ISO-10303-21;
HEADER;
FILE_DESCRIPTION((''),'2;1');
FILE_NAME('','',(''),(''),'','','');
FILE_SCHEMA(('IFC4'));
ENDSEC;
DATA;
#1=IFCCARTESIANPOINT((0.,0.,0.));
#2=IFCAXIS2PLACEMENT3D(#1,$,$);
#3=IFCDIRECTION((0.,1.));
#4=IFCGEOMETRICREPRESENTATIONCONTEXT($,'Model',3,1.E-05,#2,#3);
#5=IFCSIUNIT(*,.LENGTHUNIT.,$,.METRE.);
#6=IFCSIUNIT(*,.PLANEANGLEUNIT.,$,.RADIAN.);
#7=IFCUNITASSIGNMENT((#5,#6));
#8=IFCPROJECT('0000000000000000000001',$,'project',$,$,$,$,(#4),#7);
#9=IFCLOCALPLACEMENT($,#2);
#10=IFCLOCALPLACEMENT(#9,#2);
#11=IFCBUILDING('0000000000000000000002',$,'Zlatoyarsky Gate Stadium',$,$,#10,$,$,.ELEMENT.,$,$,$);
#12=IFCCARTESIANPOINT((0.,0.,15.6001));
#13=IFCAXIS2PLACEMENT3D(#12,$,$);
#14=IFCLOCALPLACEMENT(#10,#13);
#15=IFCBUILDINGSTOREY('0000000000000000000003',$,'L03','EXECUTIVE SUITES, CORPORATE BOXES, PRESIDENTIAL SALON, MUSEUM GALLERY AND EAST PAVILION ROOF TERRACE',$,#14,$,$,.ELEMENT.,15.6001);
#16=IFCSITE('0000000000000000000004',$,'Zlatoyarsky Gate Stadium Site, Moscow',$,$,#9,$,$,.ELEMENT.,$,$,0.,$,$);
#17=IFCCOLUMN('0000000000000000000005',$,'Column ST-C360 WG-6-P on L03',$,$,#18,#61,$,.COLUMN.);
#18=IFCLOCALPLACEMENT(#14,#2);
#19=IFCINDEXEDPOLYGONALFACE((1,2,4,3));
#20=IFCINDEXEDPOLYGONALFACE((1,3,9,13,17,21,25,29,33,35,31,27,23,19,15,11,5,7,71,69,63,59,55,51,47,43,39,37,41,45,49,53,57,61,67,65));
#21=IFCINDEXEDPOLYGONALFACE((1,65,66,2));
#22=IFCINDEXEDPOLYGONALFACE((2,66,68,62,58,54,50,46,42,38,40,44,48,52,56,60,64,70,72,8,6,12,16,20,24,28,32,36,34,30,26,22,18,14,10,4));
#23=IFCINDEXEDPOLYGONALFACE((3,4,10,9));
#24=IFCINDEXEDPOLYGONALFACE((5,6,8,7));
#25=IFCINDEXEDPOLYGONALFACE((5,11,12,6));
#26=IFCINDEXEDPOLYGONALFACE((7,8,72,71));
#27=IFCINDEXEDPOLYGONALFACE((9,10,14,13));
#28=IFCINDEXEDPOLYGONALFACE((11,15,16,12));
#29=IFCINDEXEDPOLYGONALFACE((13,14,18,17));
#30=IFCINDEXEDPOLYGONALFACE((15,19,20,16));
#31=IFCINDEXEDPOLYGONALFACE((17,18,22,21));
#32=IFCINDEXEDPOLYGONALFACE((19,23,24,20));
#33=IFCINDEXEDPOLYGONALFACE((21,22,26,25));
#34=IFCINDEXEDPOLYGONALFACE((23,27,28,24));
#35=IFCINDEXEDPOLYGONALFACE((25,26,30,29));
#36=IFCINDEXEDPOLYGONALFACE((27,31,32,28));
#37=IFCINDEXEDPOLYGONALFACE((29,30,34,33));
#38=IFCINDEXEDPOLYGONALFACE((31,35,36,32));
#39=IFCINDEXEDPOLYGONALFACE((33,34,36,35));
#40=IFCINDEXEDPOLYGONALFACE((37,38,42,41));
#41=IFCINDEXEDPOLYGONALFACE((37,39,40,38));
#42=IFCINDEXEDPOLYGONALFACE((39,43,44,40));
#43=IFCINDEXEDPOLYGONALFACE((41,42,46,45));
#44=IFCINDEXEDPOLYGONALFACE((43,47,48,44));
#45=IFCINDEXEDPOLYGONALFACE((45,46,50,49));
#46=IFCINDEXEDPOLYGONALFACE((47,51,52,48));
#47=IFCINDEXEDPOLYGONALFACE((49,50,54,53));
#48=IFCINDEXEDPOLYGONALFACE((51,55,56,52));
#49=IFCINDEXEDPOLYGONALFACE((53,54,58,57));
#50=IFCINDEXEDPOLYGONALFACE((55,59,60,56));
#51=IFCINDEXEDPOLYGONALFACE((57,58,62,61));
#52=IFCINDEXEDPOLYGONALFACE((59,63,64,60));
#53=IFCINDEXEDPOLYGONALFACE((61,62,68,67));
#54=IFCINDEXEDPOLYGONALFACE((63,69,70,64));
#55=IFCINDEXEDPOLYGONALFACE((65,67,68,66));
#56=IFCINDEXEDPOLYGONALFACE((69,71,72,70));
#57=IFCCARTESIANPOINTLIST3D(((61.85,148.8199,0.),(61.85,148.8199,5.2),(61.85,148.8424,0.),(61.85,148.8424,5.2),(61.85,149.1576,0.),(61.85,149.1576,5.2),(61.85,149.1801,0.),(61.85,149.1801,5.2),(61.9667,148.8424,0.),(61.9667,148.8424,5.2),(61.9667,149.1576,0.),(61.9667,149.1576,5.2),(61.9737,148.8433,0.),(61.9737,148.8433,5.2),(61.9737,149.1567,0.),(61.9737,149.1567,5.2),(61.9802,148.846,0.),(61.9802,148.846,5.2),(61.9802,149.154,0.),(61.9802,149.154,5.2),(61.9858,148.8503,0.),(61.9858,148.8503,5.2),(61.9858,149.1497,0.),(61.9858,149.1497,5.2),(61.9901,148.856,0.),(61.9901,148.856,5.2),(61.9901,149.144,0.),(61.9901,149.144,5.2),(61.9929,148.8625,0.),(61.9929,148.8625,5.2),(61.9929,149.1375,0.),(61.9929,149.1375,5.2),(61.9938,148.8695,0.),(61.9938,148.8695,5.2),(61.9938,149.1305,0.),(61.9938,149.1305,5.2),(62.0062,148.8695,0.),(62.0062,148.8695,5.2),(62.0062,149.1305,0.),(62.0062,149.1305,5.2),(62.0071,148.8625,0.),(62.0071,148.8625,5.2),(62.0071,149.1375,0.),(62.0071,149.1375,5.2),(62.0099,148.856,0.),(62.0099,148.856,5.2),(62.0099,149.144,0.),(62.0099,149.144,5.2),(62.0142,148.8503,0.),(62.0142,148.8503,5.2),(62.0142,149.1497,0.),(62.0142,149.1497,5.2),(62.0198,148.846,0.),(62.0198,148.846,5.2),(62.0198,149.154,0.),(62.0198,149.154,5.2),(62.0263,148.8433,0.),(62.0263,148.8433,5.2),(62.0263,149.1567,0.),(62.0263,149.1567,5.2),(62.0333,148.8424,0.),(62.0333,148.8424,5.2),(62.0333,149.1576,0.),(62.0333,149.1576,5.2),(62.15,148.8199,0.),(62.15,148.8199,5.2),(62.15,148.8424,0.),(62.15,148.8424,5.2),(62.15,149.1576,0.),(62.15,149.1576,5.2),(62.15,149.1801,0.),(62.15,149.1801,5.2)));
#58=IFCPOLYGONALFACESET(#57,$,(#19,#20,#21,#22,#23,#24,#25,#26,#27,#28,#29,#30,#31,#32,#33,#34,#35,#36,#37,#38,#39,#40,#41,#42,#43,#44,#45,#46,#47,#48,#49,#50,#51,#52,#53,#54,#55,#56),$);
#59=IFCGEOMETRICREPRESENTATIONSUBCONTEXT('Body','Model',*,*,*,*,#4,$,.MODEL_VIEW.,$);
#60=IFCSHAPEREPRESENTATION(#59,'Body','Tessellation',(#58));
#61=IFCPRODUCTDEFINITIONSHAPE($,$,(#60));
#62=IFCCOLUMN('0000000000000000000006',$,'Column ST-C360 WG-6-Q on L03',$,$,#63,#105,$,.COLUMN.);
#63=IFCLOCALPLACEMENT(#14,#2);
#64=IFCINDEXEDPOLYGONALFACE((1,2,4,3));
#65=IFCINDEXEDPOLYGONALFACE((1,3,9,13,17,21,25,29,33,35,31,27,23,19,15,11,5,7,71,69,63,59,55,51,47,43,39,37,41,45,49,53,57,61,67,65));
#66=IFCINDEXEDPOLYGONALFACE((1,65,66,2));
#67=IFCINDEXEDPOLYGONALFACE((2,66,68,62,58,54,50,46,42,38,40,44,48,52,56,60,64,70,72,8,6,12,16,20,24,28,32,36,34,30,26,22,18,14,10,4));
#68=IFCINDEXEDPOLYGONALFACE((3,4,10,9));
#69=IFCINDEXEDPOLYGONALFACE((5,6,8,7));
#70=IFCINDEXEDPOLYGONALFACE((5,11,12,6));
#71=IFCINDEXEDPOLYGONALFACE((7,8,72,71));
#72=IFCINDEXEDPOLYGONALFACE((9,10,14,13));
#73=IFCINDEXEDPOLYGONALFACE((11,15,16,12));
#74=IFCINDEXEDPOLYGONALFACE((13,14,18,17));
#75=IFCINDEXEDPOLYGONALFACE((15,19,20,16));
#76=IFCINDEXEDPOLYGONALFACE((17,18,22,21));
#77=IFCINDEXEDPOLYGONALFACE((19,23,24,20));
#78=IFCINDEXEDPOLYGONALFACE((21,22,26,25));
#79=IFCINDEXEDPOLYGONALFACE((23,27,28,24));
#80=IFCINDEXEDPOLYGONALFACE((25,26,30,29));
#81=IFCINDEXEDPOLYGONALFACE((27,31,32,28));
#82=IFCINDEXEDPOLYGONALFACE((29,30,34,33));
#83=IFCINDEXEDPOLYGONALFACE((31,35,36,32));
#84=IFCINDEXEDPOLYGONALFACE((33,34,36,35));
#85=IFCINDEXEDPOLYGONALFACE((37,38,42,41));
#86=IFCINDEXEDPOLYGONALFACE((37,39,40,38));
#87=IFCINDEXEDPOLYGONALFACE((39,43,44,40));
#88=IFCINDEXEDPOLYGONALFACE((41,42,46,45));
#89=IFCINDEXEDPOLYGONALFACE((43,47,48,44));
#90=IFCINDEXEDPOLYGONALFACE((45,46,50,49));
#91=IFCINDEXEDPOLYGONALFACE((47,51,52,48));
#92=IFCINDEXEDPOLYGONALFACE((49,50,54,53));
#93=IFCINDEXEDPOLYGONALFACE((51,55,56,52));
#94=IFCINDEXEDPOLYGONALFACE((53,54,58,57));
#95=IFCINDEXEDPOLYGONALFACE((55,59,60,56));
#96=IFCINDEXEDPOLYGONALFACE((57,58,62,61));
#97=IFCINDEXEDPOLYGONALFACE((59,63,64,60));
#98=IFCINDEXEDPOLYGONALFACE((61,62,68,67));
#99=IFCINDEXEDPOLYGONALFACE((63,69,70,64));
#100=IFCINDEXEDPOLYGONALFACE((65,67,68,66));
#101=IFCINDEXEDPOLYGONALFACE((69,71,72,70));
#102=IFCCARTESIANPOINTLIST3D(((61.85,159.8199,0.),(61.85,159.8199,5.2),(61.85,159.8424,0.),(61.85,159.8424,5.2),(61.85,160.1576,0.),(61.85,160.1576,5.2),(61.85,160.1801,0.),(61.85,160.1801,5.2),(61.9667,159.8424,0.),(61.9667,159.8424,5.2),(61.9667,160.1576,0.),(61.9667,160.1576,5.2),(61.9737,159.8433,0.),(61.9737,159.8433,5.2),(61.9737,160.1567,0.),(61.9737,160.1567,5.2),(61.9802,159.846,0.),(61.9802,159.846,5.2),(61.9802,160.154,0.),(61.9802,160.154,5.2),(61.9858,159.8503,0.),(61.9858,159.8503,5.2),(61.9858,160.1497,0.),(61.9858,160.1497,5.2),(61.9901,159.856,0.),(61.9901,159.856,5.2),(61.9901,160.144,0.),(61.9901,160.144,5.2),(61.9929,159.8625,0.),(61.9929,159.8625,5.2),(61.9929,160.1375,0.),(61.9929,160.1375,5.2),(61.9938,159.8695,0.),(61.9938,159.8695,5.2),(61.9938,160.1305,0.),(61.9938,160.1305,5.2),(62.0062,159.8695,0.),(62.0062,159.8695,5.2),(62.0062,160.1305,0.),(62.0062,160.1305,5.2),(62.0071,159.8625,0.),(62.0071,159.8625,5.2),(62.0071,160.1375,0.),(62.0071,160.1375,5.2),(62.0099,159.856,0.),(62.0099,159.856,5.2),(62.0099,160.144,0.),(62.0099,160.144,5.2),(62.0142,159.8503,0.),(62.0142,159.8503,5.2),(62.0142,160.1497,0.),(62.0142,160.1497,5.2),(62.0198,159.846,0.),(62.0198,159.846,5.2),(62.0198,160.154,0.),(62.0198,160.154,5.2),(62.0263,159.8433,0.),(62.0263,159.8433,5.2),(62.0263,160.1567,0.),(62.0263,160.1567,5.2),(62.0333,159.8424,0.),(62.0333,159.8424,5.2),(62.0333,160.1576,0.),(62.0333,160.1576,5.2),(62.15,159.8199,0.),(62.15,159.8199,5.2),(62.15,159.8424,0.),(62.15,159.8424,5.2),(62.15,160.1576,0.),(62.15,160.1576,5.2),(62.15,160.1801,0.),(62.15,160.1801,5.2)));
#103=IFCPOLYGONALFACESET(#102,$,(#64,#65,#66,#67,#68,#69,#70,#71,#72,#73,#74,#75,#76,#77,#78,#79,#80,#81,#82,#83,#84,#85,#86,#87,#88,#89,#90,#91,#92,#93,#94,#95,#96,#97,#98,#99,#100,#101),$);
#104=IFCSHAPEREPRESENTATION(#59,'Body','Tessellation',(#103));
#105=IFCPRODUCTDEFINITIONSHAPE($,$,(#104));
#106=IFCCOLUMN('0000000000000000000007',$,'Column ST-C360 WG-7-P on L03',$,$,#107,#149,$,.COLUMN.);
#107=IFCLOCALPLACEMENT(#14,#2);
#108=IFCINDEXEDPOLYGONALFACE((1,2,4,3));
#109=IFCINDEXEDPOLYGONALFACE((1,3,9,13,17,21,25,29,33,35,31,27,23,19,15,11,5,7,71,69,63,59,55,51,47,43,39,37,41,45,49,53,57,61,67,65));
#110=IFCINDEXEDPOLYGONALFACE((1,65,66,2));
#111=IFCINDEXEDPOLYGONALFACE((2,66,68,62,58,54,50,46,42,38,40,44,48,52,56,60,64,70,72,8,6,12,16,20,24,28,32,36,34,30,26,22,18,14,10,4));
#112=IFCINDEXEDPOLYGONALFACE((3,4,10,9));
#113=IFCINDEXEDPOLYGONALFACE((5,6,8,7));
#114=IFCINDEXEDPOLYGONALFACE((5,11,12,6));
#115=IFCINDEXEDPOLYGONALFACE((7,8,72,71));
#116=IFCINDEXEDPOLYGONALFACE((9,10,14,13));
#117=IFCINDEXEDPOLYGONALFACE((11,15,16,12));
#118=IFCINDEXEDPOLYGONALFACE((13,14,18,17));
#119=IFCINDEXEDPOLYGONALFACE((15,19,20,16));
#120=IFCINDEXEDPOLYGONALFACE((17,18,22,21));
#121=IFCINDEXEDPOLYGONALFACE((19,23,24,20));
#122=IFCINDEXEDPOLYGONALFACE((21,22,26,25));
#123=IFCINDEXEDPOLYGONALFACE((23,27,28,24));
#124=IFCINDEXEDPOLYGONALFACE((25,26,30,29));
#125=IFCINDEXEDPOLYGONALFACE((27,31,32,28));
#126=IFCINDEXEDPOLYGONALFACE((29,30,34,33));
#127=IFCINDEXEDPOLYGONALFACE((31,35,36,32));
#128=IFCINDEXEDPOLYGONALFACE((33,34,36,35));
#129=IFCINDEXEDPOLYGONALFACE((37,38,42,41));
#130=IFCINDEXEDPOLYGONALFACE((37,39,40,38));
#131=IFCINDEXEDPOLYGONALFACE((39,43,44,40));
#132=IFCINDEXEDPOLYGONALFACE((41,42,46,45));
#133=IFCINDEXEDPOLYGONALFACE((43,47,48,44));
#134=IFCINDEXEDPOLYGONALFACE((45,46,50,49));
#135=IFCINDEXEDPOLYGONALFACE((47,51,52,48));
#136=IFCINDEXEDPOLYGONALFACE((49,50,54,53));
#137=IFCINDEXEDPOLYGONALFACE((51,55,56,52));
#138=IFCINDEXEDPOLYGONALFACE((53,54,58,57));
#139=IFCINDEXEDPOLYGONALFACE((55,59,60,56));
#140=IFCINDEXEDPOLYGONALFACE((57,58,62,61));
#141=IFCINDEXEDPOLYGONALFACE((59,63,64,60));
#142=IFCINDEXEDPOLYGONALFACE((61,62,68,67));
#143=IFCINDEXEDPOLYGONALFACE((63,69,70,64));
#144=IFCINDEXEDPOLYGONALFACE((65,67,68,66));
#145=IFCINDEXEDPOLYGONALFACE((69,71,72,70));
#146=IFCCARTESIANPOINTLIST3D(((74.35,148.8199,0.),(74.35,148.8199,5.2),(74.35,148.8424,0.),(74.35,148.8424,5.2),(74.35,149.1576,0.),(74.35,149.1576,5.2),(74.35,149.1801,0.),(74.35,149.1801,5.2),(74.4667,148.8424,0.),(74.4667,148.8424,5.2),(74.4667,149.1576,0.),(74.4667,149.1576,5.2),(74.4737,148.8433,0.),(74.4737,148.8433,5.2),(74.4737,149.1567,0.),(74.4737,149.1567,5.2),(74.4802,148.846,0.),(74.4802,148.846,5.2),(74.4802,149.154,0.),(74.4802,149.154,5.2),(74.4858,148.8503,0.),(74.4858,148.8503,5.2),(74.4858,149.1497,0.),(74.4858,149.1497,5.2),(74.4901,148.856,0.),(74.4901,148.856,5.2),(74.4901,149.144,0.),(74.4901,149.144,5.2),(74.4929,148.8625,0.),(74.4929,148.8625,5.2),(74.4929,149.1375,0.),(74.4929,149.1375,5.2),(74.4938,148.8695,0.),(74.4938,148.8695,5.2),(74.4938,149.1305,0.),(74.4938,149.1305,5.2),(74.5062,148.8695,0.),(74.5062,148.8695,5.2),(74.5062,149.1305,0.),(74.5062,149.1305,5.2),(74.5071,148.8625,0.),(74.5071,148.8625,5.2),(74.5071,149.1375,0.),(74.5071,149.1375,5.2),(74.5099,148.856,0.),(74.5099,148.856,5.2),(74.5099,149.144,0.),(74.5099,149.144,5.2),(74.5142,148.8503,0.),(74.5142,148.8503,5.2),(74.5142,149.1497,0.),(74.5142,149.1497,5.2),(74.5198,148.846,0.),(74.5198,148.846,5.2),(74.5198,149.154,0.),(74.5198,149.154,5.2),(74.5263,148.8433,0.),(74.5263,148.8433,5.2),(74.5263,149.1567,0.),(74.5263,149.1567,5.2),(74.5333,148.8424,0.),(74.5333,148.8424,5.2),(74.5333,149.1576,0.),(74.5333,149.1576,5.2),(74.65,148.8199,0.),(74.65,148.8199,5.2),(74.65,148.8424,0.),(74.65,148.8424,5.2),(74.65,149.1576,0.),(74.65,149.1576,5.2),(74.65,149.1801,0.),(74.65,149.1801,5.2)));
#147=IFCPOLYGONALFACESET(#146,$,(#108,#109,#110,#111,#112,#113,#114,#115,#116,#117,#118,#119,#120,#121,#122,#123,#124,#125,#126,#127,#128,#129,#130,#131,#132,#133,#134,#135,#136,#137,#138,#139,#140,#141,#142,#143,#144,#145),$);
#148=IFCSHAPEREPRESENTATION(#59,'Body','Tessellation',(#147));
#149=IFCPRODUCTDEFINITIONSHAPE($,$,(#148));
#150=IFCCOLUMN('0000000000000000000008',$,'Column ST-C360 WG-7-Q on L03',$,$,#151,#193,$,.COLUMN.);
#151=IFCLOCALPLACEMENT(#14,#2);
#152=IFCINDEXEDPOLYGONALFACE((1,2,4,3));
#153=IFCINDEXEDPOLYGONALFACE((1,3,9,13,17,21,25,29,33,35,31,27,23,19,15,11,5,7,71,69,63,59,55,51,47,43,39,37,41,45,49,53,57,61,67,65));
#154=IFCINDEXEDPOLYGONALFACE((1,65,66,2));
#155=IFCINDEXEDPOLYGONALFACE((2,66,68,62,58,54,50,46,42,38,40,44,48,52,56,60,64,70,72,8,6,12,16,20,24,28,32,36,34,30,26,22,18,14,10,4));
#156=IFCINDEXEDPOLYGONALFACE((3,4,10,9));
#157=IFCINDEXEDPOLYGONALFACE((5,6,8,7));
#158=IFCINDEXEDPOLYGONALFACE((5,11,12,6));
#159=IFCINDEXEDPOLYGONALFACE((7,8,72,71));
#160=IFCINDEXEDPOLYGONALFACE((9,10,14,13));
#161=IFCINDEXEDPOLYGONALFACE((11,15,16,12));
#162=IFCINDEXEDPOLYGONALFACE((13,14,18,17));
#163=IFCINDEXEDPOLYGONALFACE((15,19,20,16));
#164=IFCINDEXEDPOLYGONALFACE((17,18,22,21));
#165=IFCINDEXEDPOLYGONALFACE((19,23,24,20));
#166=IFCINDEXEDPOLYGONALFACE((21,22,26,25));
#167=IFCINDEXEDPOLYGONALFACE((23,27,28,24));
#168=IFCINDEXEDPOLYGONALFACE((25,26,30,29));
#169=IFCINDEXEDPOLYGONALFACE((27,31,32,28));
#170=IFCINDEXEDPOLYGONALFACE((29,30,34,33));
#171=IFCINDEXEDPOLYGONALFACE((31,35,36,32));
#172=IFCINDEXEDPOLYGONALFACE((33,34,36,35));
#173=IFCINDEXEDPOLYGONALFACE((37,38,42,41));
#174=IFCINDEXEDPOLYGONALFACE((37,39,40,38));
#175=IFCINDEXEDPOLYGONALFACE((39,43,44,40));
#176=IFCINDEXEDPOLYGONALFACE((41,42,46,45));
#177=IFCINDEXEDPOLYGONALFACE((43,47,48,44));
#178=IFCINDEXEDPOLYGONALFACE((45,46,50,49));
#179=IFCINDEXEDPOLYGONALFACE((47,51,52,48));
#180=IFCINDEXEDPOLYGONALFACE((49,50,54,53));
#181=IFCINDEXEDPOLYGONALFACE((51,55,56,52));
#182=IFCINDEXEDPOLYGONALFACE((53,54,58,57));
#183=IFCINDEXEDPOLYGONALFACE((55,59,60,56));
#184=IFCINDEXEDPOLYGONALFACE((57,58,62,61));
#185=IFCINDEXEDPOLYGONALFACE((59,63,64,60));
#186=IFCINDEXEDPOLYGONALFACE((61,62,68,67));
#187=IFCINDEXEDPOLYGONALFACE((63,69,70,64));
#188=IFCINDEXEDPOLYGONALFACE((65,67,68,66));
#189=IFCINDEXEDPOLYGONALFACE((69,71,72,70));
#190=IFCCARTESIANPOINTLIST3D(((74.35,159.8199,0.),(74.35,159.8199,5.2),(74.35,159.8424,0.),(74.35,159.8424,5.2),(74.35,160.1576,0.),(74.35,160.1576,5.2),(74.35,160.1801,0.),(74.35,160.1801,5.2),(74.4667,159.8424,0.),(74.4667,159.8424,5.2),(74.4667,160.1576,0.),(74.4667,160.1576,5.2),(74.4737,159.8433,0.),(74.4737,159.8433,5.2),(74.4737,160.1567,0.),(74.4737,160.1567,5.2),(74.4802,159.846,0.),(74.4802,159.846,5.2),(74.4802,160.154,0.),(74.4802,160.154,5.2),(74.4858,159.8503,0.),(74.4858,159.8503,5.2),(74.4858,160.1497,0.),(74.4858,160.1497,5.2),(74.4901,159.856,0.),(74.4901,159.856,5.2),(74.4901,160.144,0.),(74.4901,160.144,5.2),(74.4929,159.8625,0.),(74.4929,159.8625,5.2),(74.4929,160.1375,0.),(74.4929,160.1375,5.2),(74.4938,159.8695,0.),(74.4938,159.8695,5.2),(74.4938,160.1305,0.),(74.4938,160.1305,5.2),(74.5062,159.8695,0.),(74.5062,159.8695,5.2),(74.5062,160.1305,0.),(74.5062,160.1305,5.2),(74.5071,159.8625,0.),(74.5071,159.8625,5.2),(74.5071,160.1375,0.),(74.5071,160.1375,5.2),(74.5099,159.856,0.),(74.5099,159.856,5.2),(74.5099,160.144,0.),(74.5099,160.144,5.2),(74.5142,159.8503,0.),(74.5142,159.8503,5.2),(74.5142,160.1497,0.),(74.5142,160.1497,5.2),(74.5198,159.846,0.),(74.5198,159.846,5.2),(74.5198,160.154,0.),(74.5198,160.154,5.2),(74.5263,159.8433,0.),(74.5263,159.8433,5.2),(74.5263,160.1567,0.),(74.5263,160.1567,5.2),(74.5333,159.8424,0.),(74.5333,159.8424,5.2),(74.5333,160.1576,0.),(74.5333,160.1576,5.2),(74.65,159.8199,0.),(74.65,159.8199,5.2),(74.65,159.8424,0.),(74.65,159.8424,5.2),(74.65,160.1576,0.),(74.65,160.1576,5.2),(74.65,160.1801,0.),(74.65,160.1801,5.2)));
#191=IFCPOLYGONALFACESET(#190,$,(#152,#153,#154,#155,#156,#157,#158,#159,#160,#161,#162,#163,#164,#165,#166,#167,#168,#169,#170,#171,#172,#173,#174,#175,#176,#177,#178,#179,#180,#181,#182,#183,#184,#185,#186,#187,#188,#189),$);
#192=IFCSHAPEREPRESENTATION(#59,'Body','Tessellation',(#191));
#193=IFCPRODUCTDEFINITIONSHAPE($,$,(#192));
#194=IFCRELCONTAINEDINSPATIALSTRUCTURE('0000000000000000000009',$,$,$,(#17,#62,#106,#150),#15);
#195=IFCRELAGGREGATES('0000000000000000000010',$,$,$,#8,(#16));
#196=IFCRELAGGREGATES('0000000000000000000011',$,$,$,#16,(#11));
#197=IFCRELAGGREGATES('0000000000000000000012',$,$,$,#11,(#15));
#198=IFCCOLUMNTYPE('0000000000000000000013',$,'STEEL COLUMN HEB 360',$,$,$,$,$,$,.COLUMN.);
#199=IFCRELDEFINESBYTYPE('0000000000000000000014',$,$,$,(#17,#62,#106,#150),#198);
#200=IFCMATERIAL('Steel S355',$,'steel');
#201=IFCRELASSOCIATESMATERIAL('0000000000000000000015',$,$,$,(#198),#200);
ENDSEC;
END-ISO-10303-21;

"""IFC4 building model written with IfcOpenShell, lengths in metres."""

from ifc_helpers import new_model, si_unit, direction, frame, origin, origin_2d, place, context, subcontext, project, spatial, i_section, extrude, material, material_profile, profile_set, type_object, element, save


model = new_model("IFC4")

# Units and contexts
model_context = context("Model", 3, precision=1e-05, world=origin(), true_north=direction((0.0, 1.0)))
body_context = subcontext(model_context, "Body", "Model", "MODEL_VIEW")
ifc_project = project(units=[si_unit("LENGTHUNIT", "METRE"), si_unit("PLANEANGLEUNIT", "RADIAN")], contexts=[model_context])

# Site, building, storey
site_placement = place(None, origin())
site = spatial("IfcSite", under=ifc_project, at=site_placement, Name="Zlatoyarsky Gate Stadium Site, Moscow", CompositionType="ELEMENT", RefElevation=0.0)
building_placement = place(site_placement, origin())
building = spatial("IfcBuilding", under=site, at=building_placement, Name="Zlatoyarsky Gate Stadium", CompositionType="ELEMENT")
storey_placement = place(building_placement, frame((0.0, 0.0, 15.6001)))
storey = spatial("IfcBuildingStorey", under=building, at=storey_placement, Name="L03", Description="EXECUTIVE SUITES, CORPORATE BOXES, PRESIDENTIAL SALON, MUSEUM GALLERY AND EAST PAVILION ROOF TERRACE", CompositionType="ELEMENT", Elevation=15.6001)

# Columns
ifc_material_1 = material(Name="Steel S355", Category="steel")
ifc_material_profile_1 = material_profile(ifc_material_1, i_section(OverallWidth=0.3, OverallDepth=0.3601, WebThickness=0.0125, FlangeThickness=0.0225, FilletRadius=0.0271, at=origin_2d()), Name="HEB 360")
ifc_profile_set_1 = profile_set([ifc_material_profile_1], Name="Steel S355")
column_type = type_object("IfcColumnType", Name="STEEL COLUMN HEB 360", PredefinedType="COLUMN", material=ifc_profile_set_1)
for number, where, z_axis, x_axis, name in (
    (1, (62.0, 149.0, 0.0), (0.0, 0.0, 1.0), (1.0, 0.0, 0.0), "Column ST-C360 WG-6-P on L03"),
    (2, (62.0, 160.0, 0.0), (0.0, 0.0, 1.0), (1.0, 0.0, 0.0), "Column ST-C360 WG-6-Q on L03"),
    (3, (74.5, 149.0, 0.0), (0.0, 0.0, 1.0), (1.0, 0.0, 0.0), "Column ST-C360 WG-7-P on L03"),
    (4, (74.5, 160.0, 0.0), (0.0, 0.0, 1.0), (1.0, 0.0, 0.0), "Column ST-C360 WG-7-Q on L03"),
):
    element("IfcColumn", number, at=place(storey_placement, frame(where, z_axis=z_axis, x_axis=x_axis)), inside=storey, type_object=column_type, Name=name, PredefinedType="COLUMN", context=body_context, shape_type="SweptSolid", body=[
        extrude(i_section(OverallWidth=0.3, OverallDepth=0.3601, WebThickness=0.0125, FlangeThickness=0.0225, FilletRadius=0.0271, at=origin_2d()), origin(), (0.0, 0.0, 1.0), 5.2),
    ])

save(model, "model.ifc")
